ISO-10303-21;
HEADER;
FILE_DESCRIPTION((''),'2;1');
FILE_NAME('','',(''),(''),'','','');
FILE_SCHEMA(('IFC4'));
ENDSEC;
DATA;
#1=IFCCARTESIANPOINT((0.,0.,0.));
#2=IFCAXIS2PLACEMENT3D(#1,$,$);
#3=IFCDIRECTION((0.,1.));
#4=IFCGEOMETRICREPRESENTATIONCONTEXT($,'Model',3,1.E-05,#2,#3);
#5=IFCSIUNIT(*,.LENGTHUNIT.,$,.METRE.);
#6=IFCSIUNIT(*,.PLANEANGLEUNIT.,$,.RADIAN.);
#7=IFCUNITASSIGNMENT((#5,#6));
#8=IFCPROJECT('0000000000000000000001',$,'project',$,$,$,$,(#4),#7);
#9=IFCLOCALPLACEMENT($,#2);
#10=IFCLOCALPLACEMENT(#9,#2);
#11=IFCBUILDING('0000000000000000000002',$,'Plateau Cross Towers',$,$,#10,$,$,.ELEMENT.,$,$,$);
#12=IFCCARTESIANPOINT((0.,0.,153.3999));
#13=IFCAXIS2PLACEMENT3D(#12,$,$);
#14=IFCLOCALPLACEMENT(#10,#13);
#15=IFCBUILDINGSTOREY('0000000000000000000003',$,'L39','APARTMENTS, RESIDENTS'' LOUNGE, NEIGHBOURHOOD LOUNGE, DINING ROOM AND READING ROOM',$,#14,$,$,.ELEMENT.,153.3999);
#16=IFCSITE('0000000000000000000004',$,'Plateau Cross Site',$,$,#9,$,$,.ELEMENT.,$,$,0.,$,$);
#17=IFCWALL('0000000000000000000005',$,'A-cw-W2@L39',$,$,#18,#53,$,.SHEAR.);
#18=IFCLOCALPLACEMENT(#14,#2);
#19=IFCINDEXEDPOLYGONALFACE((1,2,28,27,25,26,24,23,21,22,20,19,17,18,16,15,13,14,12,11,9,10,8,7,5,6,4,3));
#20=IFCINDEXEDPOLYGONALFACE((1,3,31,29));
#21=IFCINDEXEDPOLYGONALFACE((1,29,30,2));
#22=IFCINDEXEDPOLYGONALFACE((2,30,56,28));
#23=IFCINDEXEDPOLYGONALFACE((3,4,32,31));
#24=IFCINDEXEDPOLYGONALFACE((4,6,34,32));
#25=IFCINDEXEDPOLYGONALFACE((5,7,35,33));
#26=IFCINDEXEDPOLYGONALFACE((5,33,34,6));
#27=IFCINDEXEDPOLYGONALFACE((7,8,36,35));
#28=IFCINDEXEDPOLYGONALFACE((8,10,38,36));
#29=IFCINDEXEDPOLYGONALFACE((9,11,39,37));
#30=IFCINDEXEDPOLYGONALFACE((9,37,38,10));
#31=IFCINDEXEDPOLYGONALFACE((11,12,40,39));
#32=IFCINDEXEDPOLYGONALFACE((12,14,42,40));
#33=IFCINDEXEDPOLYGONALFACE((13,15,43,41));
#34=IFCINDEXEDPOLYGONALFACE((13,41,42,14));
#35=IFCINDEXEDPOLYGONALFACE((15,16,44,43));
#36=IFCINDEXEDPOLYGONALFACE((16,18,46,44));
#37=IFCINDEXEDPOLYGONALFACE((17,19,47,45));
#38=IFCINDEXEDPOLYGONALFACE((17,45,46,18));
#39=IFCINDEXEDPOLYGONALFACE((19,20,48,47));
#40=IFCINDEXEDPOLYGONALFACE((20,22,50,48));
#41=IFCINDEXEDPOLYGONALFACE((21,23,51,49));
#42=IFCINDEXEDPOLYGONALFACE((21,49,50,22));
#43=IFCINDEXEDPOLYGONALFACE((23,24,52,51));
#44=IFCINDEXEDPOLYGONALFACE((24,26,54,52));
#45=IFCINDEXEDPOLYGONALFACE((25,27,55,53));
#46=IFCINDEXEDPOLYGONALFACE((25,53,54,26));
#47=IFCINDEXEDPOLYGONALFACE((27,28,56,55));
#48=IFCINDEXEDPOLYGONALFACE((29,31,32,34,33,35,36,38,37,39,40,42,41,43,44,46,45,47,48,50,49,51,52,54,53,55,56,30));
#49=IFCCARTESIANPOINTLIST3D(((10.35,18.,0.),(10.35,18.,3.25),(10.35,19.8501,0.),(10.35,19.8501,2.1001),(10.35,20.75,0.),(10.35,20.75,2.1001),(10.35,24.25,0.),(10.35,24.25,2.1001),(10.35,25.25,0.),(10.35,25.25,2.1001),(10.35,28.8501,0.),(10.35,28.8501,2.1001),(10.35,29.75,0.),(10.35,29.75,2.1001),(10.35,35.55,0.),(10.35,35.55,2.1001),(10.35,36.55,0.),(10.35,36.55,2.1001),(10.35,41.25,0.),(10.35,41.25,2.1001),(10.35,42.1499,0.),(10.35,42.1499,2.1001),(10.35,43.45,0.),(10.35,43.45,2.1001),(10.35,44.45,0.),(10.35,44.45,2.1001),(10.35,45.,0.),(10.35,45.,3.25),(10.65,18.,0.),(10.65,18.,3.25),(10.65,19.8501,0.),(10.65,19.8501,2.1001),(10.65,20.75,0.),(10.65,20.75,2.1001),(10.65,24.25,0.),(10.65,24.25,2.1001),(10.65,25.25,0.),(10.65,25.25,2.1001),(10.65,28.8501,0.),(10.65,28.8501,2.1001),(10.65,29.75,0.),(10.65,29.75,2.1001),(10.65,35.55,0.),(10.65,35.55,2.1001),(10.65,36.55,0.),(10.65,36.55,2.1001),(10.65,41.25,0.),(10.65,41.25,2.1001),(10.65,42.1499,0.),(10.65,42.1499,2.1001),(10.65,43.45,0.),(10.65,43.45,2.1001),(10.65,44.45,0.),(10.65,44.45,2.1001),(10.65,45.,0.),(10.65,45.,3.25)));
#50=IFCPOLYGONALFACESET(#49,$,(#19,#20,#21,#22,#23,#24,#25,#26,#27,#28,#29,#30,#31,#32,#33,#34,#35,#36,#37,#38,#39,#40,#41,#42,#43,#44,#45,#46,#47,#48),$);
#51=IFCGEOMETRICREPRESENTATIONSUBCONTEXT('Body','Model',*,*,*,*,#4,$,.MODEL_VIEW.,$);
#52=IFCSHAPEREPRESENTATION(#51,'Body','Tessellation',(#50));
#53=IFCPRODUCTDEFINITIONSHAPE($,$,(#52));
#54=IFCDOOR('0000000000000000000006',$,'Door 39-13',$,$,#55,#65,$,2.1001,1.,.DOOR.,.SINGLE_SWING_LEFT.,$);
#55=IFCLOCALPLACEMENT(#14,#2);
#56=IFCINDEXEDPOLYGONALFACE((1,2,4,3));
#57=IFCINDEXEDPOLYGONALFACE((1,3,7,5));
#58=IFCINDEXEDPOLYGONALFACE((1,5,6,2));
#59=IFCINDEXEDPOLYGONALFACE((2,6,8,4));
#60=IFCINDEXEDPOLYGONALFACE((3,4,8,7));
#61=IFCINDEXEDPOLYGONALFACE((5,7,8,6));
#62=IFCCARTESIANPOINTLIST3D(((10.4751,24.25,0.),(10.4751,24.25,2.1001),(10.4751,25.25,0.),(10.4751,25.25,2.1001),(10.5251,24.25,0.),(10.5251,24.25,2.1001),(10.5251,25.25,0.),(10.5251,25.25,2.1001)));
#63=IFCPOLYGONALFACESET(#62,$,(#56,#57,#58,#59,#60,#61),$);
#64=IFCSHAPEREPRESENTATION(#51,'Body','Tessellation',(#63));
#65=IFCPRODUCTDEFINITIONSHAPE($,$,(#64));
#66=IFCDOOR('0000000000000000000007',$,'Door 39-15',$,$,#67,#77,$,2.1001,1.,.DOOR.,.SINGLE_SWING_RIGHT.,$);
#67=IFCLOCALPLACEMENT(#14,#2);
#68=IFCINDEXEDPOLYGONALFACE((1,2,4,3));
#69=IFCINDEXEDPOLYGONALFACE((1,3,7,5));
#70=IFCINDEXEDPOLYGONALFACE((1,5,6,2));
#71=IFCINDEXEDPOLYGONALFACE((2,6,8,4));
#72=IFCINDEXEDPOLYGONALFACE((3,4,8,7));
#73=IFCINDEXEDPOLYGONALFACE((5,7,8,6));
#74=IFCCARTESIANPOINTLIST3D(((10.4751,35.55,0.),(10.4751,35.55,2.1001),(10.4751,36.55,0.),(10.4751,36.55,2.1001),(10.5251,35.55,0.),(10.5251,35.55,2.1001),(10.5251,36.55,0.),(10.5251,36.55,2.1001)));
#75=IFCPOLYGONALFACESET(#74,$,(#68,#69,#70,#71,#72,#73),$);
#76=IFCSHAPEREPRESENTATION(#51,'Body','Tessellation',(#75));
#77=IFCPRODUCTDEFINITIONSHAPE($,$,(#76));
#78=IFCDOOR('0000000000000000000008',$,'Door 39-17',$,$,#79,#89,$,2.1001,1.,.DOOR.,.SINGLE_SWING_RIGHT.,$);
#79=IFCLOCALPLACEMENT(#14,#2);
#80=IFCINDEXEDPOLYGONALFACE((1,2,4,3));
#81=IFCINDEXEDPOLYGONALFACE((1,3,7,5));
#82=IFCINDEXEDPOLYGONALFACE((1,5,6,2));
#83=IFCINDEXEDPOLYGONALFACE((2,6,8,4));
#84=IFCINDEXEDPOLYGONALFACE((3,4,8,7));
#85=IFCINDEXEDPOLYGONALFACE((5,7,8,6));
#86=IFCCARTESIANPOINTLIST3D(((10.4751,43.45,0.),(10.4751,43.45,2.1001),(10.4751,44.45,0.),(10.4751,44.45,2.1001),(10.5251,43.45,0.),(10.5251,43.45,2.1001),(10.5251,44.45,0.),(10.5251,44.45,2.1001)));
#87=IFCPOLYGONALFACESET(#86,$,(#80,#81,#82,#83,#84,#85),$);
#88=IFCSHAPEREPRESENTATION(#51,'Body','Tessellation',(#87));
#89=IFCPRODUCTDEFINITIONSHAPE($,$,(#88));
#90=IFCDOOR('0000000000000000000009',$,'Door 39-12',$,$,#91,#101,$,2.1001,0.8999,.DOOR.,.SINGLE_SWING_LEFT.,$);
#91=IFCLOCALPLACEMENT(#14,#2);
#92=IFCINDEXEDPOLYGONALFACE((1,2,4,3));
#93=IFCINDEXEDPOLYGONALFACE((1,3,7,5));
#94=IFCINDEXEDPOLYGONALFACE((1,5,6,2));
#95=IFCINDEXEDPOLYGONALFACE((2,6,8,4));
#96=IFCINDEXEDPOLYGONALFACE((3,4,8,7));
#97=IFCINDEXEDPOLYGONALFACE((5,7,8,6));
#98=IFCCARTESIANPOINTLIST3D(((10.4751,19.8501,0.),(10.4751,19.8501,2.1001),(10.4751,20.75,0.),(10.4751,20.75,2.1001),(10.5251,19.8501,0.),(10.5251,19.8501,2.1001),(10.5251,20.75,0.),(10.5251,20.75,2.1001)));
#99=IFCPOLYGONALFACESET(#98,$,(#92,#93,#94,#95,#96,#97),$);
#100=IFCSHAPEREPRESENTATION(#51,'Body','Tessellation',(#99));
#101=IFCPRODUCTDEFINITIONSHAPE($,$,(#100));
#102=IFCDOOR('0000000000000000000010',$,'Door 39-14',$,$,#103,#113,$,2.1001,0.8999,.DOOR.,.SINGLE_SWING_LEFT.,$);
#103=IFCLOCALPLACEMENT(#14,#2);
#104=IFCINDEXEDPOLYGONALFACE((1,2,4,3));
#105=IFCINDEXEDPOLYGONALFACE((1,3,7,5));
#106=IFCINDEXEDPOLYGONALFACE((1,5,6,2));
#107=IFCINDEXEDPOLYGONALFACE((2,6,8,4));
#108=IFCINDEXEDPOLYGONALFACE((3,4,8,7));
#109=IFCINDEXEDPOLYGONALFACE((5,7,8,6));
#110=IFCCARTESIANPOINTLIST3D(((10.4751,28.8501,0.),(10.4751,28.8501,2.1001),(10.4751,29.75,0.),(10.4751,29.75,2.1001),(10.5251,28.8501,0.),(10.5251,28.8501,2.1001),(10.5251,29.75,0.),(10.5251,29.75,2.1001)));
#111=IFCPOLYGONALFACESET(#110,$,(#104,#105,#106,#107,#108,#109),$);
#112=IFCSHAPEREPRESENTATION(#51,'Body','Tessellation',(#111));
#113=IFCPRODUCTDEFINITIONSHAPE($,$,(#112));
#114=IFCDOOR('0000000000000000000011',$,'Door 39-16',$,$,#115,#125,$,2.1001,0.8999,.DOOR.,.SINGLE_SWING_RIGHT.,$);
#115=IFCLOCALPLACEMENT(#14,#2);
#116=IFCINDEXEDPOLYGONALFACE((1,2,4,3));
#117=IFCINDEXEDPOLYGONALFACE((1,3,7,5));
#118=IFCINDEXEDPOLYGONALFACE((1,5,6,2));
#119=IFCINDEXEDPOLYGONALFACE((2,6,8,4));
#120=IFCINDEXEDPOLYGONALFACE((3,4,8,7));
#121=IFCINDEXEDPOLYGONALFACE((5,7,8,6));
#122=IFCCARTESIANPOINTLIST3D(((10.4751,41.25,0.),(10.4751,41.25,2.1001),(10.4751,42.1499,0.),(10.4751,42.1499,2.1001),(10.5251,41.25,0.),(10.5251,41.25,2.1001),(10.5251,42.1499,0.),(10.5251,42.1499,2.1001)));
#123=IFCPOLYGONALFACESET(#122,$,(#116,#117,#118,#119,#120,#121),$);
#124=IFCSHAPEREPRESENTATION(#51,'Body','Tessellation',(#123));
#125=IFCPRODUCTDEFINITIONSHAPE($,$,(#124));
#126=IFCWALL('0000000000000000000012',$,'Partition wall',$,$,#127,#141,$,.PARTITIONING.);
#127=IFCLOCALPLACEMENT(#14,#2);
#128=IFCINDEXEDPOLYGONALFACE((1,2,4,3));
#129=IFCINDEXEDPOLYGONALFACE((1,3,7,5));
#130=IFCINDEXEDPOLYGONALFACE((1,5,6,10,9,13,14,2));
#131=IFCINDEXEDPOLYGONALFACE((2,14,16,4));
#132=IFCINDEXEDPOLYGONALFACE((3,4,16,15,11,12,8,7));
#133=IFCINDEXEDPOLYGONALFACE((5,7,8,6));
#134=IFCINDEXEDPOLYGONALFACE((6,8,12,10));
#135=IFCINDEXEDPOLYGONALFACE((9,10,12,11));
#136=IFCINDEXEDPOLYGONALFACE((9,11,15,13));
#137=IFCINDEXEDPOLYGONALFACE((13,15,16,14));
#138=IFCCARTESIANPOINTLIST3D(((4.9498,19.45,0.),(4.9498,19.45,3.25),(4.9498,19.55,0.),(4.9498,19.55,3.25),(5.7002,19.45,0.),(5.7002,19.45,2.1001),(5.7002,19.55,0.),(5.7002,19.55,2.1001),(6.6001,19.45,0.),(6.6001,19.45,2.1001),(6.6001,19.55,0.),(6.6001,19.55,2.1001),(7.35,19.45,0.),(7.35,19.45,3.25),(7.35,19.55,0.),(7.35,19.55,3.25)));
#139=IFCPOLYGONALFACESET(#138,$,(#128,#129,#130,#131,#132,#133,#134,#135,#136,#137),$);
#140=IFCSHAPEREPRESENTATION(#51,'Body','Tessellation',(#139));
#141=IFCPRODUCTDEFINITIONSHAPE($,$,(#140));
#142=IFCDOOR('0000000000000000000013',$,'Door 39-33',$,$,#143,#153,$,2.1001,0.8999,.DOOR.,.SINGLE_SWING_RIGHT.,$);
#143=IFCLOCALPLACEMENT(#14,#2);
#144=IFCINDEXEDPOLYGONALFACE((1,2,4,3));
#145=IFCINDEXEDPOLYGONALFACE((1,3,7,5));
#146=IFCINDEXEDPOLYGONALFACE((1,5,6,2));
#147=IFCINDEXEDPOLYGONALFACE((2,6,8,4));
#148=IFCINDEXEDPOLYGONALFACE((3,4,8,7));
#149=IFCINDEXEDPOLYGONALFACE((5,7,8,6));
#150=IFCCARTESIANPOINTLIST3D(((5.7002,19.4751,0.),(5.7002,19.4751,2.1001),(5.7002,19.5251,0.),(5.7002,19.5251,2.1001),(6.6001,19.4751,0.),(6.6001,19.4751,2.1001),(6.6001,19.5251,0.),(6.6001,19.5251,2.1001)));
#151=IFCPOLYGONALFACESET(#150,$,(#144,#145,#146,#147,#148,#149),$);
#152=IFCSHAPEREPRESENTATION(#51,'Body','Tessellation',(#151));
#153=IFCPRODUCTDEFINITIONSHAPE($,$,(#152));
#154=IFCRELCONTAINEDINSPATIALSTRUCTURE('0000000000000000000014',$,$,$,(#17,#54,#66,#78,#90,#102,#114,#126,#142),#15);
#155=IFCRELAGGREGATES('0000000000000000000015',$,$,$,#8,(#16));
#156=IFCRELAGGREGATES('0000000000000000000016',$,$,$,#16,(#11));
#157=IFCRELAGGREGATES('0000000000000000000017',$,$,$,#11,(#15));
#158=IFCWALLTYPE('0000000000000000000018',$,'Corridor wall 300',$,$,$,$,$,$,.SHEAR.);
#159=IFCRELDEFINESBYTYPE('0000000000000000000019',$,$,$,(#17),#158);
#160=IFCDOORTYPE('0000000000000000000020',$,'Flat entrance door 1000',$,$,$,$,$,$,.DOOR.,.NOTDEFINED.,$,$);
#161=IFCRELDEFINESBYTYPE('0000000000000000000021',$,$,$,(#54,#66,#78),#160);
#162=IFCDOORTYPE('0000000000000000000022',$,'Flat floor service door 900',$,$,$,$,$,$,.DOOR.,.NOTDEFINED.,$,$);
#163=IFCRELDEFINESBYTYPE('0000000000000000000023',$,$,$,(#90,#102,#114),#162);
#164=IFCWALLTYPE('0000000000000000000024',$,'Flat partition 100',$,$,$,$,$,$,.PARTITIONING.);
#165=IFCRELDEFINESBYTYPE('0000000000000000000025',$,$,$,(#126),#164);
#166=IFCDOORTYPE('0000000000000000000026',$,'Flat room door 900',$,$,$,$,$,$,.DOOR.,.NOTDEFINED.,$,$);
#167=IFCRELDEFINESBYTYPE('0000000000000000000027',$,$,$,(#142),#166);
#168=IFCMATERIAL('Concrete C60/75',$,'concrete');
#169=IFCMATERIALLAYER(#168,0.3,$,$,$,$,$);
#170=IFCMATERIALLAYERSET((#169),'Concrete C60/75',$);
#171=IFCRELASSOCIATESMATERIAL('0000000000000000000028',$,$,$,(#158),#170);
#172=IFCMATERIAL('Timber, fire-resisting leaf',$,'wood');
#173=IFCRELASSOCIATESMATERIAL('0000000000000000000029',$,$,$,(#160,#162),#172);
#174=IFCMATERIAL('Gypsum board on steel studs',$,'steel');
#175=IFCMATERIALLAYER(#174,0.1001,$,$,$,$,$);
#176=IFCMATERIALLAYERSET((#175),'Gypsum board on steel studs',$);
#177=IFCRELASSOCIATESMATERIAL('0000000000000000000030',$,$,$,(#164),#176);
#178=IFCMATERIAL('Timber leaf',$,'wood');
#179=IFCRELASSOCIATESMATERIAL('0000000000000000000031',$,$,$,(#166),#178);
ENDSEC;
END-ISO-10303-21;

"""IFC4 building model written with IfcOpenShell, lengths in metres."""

from ifc_helpers import new_model, si_unit, direction, frame, frame_2d, origin, place, context, subcontext, project, spatial, rectangle, extrude, material, layer, layer_set, type_object, element, fill, save


model = new_model("IFC4")

# Units and contexts
model_context = context("Model", 3, precision=1e-05, world=origin(), true_north=direction((0.0, 1.0)))
body_context = subcontext(model_context, "Body", "Model", "MODEL_VIEW")
ifc_project = project(units=[si_unit("LENGTHUNIT", "METRE"), si_unit("PLANEANGLEUNIT", "RADIAN")], contexts=[model_context])

# Site, building, storey
site_placement = place(None, origin())
site = spatial("IfcSite", under=ifc_project, at=site_placement, Name="Plateau Cross Site", CompositionType="ELEMENT", RefElevation=0.0)
building_placement = place(site_placement, origin())
building = spatial("IfcBuilding", under=site, at=building_placement, Name="Plateau Cross Towers", CompositionType="ELEMENT")
storey_placement = place(building_placement, frame((0.0, 0.0, 153.3999)))
storey = spatial("IfcBuildingStorey", under=building, at=storey_placement, Name="L39", Description="APARTMENTS, RESIDENTS' LOUNGE, NEIGHBOURHOOD LOUNGE, DINING ROOM AND READING ROOM", CompositionType="ELEMENT", Elevation=153.3999)

# Shared definitions
ifc_material_1 = material(Name="Concrete C60/75", Category="concrete")

# Wall, openings, doors
ifc_layer_1 = layer(ifc_material_1, 0.3)
ifc_layer_set_1 = layer_set([ifc_layer_1], Name="Concrete C60/75")
wall_type_1 = type_object("IfcWallType", Name="Corridor wall 300", PredefinedType="SHEAR", material=ifc_layer_set_1)
ifc_material_2 = material(Name="Timber, fire-resisting leaf", Category="wood")
door_type_1 = type_object("IfcDoorType", Name="Flat entrance door 1000", OperationType="NOTDEFINED", PredefinedType="DOOR", material=ifc_material_2)
wall_1_placement = place(storey_placement, frame((10.5, 18.0, 0.0), z_axis=(0.0, 0.0, 1.0), x_axis=(0.0, 1.0, 0.0)))
wall_1 = element("IfcWall", 1, at=wall_1_placement, inside=storey, type_object=wall_type_1, Name="A-cw-W2@L39", PredefinedType="SHEAR", context=body_context, shape_type="SweptSolid", body=[
    extrude(rectangle(XDim=27.0, YDim=0.3, at=frame_2d((13.5, 0.0))), origin(), (0.0, 0.0, 1.0), 3.25),
])
opening_1_placement = place(wall_1_placement, frame((1.8501, 0.0, 0.0)))
opening_1 = element("IfcOpeningElement", 2, at=opening_1_placement, cuts=wall_1, PredefinedType="OPENING", context=body_context, shape_type="SweptSolid", body=[
    extrude(rectangle(XDim=0.8999, YDim=2.1001, at=frame_2d((0.45, 1.05))), frame((0.0, 0.1599, 0.0), z_axis=(0.0, -1.0, 0.0), x_axis=(1.0, 0.0, 0.0)), (0.0, 0.0, 1.0), 0.3201),
])
opening_2_placement = place(wall_1_placement, frame((6.25, 0.0, 0.0)))
opening_2 = element("IfcOpeningElement", 3, at=opening_2_placement, cuts=wall_1, PredefinedType="OPENING", context=body_context, shape_type="SweptSolid", body=[
    extrude(rectangle(XDim=1.0, YDim=2.1001, at=frame_2d((0.5, 1.05))), frame((0.0, 0.1599, 0.0), z_axis=(0.0, -1.0, 0.0), x_axis=(1.0, 0.0, 0.0)), (0.0, 0.0, 1.0), 0.3201),
])
opening_3_placement = place(wall_1_placement, frame((10.8501, 0.0, 0.0)))
opening_3 = element("IfcOpeningElement", 4, at=opening_3_placement, cuts=wall_1, PredefinedType="OPENING", context=body_context, shape_type="SweptSolid", body=[
    extrude(rectangle(XDim=0.8999, YDim=2.1001, at=frame_2d((0.45, 1.05))), frame((0.0, 0.1599, 0.0), z_axis=(0.0, -1.0, 0.0), x_axis=(1.0, 0.0, 0.0)), (0.0, 0.0, 1.0), 0.3201),
])
opening_4_placement = place(wall_1_placement, frame((17.55, 0.0, 0.0)))
opening_4 = element("IfcOpeningElement", 5, at=opening_4_placement, cuts=wall_1, PredefinedType="OPENING", context=body_context, shape_type="SweptSolid", body=[
    extrude(rectangle(XDim=1.0, YDim=2.1001, at=frame_2d((0.5, 1.05))), frame((0.0, 0.1599, 0.0), z_axis=(0.0, -1.0, 0.0), x_axis=(1.0, 0.0, 0.0)), (0.0, 0.0, 1.0), 0.3201),
])
opening_5_placement = place(wall_1_placement, frame((23.25, 0.0, 0.0)))
opening_5 = element("IfcOpeningElement", 6, at=opening_5_placement, cuts=wall_1, PredefinedType="OPENING", context=body_context, shape_type="SweptSolid", body=[
    extrude(rectangle(XDim=0.8999, YDim=2.1001, at=frame_2d((0.45, 1.05))), frame((0.0, 0.1599, 0.0), z_axis=(0.0, -1.0, 0.0), x_axis=(1.0, 0.0, 0.0)), (0.0, 0.0, 1.0), 0.3201),
])
opening_6_placement = place(wall_1_placement, frame((25.45, 0.0, 0.0)))
opening_6 = element("IfcOpeningElement", 7, at=opening_6_placement, cuts=wall_1, PredefinedType="OPENING", context=body_context, shape_type="SweptSolid", body=[
    extrude(rectangle(XDim=1.0, YDim=2.1001, at=frame_2d((0.5, 1.05))), frame((0.0, 0.1599, 0.0), z_axis=(0.0, -1.0, 0.0), x_axis=(1.0, 0.0, 0.0)), (0.0, 0.0, 1.0), 0.3201),
])
door_1_placement = place(opening_2_placement, origin())
door_1 = element("IfcDoor", 8, at=door_1_placement, inside=storey, type_object=door_type_1, Name="Door 39-13", OperationType="SINGLE_SWING_LEFT", OverallHeight=2.1001, OverallWidth=1.0, PredefinedType="DOOR", context=body_context, shape_type="SweptSolid", body=[
    extrude(rectangle(XDim=1.0, YDim=2.1001, at=frame_2d((0.5, 1.05))), frame((0.0, 0.0249, 0.0), z_axis=(0.0, -1.0, 0.0), x_axis=(1.0, 0.0, 0.0)), (0.0, 0.0, 1.0), 0.05),
])
fill(opening_2, door_1)
door_2_placement = place(opening_4_placement, origin())
door_2 = element("IfcDoor", 9, at=door_2_placement, inside=storey, type_object=door_type_1, Name="Door 39-15", OperationType="SINGLE_SWING_RIGHT", OverallHeight=2.1001, OverallWidth=1.0, PredefinedType="DOOR", context=body_context, shape_type="SweptSolid", body=[
    extrude(rectangle(XDim=1.0, YDim=2.1001, at=frame_2d((0.5, 1.05))), frame((0.0, 0.0249, 0.0), z_axis=(0.0, -1.0, 0.0), x_axis=(1.0, 0.0, 0.0)), (0.0, 0.0, 1.0), 0.05),
])
fill(opening_4, door_2)
door_3_placement = place(opening_6_placement, origin())
door_3 = element("IfcDoor", 10, at=door_3_placement, inside=storey, type_object=door_type_1, Name="Door 39-17", OperationType="SINGLE_SWING_RIGHT", OverallHeight=2.1001, OverallWidth=1.0, PredefinedType="DOOR", context=body_context, shape_type="SweptSolid", body=[
    extrude(rectangle(XDim=1.0, YDim=2.1001, at=frame_2d((0.5, 1.05))), frame((0.0, 0.0249, 0.0), z_axis=(0.0, -1.0, 0.0), x_axis=(1.0, 0.0, 0.0)), (0.0, 0.0, 1.0), 0.05),
])
fill(opening_6, door_3)
door_type_2 = type_object("IfcDoorType", Name="Flat floor service door 900", OperationType="NOTDEFINED", PredefinedType="DOOR", material=ifc_material_2)
door_4_placement = place(opening_1_placement, origin())
door_4 = element("IfcDoor", 11, at=door_4_placement, inside=storey, type_object=door_type_2, Name="Door 39-12", OperationType="SINGLE_SWING_LEFT", OverallHeight=2.1001, OverallWidth=0.8999, PredefinedType="DOOR", context=body_context, shape_type="SweptSolid", body=[
    extrude(rectangle(XDim=0.8999, YDim=2.1001, at=frame_2d((0.45, 1.05))), frame((0.0, 0.0249, 0.0), z_axis=(0.0, -1.0, 0.0), x_axis=(1.0, 0.0, 0.0)), (0.0, 0.0, 1.0), 0.05),
])
fill(opening_1, door_4)
door_5_placement = place(opening_3_placement, origin())
door_5 = element("IfcDoor", 12, at=door_5_placement, inside=storey, type_object=door_type_2, Name="Door 39-14", OperationType="SINGLE_SWING_LEFT", OverallHeight=2.1001, OverallWidth=0.8999, PredefinedType="DOOR", context=body_context, shape_type="SweptSolid", body=[
    extrude(rectangle(XDim=0.8999, YDim=2.1001, at=frame_2d((0.45, 1.05))), frame((0.0, 0.0249, 0.0), z_axis=(0.0, -1.0, 0.0), x_axis=(1.0, 0.0, 0.0)), (0.0, 0.0, 1.0), 0.05),
])
fill(opening_3, door_5)
door_6_placement = place(opening_5_placement, origin())
door_6 = element("IfcDoor", 13, at=door_6_placement, inside=storey, type_object=door_type_2, Name="Door 39-16", OperationType="SINGLE_SWING_RIGHT", OverallHeight=2.1001, OverallWidth=0.8999, PredefinedType="DOOR", context=body_context, shape_type="SweptSolid", body=[
    extrude(rectangle(XDim=0.8999, YDim=2.1001, at=frame_2d((0.45, 1.05))), frame((0.0, 0.0249, 0.0), z_axis=(0.0, -1.0, 0.0), x_axis=(1.0, 0.0, 0.0)), (0.0, 0.0, 1.0), 0.05),
])
fill(opening_5, door_6)

# Wall, opening, door
ifc_material_3 = material(Name="Gypsum board on steel studs", Category="steel")
ifc_layer_2 = layer(ifc_material_3, 0.1001)
ifc_layer_set_2 = layer_set([ifc_layer_2], Name="Gypsum board on steel studs")
wall_type_2 = type_object("IfcWallType", Name="Flat partition 100", PredefinedType="PARTITIONING", material=ifc_layer_set_2)
wall_2_placement = place(storey_placement, frame((7.3501, 19.5, 0.0), z_axis=(0.0, 0.0, 1.0), x_axis=(-1.0, 0.0, 0.0)))
wall_2 = element("IfcWall", 14, at=wall_2_placement, inside=storey, type_object=wall_type_2, Name="Partition wall", PredefinedType="PARTITIONING", context=body_context, shape_type="SweptSolid", body=[
    extrude(rectangle(XDim=2.4001, YDim=0.1001, at=frame_2d((1.2002, 0.0))), origin(), (0.0, 0.0, 1.0), 3.25),
])
opening_7_placement = place(wall_2_placement, frame((0.75, 0.0, 0.0)))
opening_7 = element("IfcOpeningElement", 15, at=opening_7_placement, cuts=wall_2, PredefinedType="OPENING", context=body_context, shape_type="SweptSolid", body=[
    extrude(rectangle(XDim=0.8999, YDim=2.1001, at=frame_2d((0.45, 1.05))), frame((0.0, 0.0601, 0.0), z_axis=(0.0, -1.0, 0.0), x_axis=(1.0, 0.0, 0.0)), (0.0, 0.0, 1.0), 0.1201),
])
ifc_material_4 = material(Name="Timber leaf", Category="wood")
door_type_3 = type_object("IfcDoorType", Name="Flat room door 900", OperationType="NOTDEFINED", PredefinedType="DOOR", material=ifc_material_4)
door_7_placement = place(opening_7_placement, origin())
door_7 = element("IfcDoor", 16, at=door_7_placement, inside=storey, type_object=door_type_3, Name="Door 39-33", OperationType="SINGLE_SWING_RIGHT", OverallHeight=2.1001, OverallWidth=0.8999, PredefinedType="DOOR", context=body_context, shape_type="SweptSolid", body=[
    extrude(rectangle(XDim=0.8999, YDim=2.1001, at=frame_2d((0.45, 1.05))), frame((0.0, 0.0249, 0.0), z_axis=(0.0, -1.0, 0.0), x_axis=(1.0, 0.0, 0.0)), (0.0, 0.0, 1.0), 0.05),
])
fill(opening_7, door_7)

save(model, "model.ifc")
